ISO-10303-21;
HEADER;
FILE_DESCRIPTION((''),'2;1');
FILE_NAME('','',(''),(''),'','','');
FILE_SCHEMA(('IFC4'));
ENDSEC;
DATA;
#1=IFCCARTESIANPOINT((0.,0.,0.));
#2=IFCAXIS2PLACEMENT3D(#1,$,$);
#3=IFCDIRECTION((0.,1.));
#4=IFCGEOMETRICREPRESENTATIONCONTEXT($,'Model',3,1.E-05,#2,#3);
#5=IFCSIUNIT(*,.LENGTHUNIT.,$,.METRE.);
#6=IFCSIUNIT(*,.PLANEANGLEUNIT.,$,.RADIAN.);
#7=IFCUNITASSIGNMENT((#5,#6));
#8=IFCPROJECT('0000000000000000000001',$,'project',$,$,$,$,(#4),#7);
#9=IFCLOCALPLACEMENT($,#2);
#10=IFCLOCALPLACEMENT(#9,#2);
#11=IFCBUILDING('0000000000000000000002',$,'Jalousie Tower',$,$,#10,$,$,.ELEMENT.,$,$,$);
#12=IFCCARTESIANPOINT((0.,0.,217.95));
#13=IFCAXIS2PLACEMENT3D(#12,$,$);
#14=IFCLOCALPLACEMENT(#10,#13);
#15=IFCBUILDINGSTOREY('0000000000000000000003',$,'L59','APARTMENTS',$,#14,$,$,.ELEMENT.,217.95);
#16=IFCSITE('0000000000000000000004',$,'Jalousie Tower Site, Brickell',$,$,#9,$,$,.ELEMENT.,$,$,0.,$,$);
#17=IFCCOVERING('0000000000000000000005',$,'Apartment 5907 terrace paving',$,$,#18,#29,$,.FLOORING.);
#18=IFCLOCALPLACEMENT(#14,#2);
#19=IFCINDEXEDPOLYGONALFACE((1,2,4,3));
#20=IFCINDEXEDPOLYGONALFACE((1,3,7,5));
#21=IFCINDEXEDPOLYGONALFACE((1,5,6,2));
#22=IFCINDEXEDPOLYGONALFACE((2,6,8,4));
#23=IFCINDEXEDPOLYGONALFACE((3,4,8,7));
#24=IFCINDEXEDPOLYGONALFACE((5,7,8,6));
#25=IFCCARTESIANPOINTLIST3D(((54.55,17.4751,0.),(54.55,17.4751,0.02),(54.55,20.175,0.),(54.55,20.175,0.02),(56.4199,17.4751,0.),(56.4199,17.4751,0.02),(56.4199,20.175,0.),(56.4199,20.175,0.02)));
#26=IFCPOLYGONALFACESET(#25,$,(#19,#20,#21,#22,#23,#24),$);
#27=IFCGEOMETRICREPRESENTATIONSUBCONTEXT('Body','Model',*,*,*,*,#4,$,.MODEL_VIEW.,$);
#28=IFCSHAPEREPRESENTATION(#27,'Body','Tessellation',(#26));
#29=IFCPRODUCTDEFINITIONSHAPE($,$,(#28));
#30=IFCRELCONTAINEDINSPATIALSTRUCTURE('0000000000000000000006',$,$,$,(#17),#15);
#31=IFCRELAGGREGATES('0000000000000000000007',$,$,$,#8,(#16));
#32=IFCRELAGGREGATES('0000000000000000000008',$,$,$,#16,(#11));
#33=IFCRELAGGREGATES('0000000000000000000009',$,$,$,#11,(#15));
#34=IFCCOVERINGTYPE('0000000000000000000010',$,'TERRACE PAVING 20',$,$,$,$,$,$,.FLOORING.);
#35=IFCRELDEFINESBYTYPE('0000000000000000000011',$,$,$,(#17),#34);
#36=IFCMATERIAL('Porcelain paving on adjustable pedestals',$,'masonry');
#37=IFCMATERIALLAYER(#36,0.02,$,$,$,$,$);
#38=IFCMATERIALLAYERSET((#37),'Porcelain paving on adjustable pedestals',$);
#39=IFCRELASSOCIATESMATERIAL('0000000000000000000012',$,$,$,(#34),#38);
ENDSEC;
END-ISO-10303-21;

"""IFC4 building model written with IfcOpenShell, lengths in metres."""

from ifc_helpers import new_model, si_unit, direction, frame, origin, place, context, subcontext, project, spatial, polyline, outline, extrude, material, layer, layer_set, type_object, element, save


model = new_model("IFC4")

# Units and contexts
model_context = context("Model", 3, precision=1e-05, world=origin(), true_north=direction((0.0, 1.0)))
body_context = subcontext(model_context, "Body", "Model", "MODEL_VIEW")
ifc_project = project(units=[si_unit("LENGTHUNIT", "METRE"), si_unit("PLANEANGLEUNIT", "RADIAN")], contexts=[model_context])

# Site, building, storey
site_placement = place(None, origin())
site = spatial("IfcSite", under=ifc_project, at=site_placement, Name="Jalousie Tower Site, Brickell", CompositionType="ELEMENT", RefElevation=0.0)
building_placement = place(site_placement, origin())
building = spatial("IfcBuilding", under=site, at=building_placement, Name="Jalousie Tower", CompositionType="ELEMENT")
storey_placement = place(building_placement, frame((0.0, 0.0, 217.95)))
storey = spatial("IfcBuildingStorey", under=building, at=storey_placement, Name="L59", Description="APARTMENTS", CompositionType="ELEMENT", Elevation=217.95)

# Covering
ifc_material_1 = material(Name="Porcelain paving on adjustable pedestals", Category="masonry")
ifc_layer_1 = layer(ifc_material_1, 0.02)
ifc_layer_set_1 = layer_set([ifc_layer_1], Name="Porcelain paving on adjustable pedestals")
covering_type = type_object("IfcCoveringType", Name="TERRACE PAVING 20", PredefinedType="FLOORING", material=ifc_layer_set_1)
covering_1_placement = place(storey_placement, origin())
element("IfcCovering", 1, at=covering_1_placement, inside=storey, type_object=covering_type, Name="Apartment 5907 terrace paving", PredefinedType="FLOORING", context=body_context, shape_type="SweptSolid", body=[
    extrude(outline(polyline([(56.4199, 17.4751), (56.4199, 20.175), (54.55, 20.175), (54.55, 17.4751), (56.4199, 17.4751)])), origin(), (0.0, 0.0, 1.0), 0.02),
])

save(model, "model.ifc")
